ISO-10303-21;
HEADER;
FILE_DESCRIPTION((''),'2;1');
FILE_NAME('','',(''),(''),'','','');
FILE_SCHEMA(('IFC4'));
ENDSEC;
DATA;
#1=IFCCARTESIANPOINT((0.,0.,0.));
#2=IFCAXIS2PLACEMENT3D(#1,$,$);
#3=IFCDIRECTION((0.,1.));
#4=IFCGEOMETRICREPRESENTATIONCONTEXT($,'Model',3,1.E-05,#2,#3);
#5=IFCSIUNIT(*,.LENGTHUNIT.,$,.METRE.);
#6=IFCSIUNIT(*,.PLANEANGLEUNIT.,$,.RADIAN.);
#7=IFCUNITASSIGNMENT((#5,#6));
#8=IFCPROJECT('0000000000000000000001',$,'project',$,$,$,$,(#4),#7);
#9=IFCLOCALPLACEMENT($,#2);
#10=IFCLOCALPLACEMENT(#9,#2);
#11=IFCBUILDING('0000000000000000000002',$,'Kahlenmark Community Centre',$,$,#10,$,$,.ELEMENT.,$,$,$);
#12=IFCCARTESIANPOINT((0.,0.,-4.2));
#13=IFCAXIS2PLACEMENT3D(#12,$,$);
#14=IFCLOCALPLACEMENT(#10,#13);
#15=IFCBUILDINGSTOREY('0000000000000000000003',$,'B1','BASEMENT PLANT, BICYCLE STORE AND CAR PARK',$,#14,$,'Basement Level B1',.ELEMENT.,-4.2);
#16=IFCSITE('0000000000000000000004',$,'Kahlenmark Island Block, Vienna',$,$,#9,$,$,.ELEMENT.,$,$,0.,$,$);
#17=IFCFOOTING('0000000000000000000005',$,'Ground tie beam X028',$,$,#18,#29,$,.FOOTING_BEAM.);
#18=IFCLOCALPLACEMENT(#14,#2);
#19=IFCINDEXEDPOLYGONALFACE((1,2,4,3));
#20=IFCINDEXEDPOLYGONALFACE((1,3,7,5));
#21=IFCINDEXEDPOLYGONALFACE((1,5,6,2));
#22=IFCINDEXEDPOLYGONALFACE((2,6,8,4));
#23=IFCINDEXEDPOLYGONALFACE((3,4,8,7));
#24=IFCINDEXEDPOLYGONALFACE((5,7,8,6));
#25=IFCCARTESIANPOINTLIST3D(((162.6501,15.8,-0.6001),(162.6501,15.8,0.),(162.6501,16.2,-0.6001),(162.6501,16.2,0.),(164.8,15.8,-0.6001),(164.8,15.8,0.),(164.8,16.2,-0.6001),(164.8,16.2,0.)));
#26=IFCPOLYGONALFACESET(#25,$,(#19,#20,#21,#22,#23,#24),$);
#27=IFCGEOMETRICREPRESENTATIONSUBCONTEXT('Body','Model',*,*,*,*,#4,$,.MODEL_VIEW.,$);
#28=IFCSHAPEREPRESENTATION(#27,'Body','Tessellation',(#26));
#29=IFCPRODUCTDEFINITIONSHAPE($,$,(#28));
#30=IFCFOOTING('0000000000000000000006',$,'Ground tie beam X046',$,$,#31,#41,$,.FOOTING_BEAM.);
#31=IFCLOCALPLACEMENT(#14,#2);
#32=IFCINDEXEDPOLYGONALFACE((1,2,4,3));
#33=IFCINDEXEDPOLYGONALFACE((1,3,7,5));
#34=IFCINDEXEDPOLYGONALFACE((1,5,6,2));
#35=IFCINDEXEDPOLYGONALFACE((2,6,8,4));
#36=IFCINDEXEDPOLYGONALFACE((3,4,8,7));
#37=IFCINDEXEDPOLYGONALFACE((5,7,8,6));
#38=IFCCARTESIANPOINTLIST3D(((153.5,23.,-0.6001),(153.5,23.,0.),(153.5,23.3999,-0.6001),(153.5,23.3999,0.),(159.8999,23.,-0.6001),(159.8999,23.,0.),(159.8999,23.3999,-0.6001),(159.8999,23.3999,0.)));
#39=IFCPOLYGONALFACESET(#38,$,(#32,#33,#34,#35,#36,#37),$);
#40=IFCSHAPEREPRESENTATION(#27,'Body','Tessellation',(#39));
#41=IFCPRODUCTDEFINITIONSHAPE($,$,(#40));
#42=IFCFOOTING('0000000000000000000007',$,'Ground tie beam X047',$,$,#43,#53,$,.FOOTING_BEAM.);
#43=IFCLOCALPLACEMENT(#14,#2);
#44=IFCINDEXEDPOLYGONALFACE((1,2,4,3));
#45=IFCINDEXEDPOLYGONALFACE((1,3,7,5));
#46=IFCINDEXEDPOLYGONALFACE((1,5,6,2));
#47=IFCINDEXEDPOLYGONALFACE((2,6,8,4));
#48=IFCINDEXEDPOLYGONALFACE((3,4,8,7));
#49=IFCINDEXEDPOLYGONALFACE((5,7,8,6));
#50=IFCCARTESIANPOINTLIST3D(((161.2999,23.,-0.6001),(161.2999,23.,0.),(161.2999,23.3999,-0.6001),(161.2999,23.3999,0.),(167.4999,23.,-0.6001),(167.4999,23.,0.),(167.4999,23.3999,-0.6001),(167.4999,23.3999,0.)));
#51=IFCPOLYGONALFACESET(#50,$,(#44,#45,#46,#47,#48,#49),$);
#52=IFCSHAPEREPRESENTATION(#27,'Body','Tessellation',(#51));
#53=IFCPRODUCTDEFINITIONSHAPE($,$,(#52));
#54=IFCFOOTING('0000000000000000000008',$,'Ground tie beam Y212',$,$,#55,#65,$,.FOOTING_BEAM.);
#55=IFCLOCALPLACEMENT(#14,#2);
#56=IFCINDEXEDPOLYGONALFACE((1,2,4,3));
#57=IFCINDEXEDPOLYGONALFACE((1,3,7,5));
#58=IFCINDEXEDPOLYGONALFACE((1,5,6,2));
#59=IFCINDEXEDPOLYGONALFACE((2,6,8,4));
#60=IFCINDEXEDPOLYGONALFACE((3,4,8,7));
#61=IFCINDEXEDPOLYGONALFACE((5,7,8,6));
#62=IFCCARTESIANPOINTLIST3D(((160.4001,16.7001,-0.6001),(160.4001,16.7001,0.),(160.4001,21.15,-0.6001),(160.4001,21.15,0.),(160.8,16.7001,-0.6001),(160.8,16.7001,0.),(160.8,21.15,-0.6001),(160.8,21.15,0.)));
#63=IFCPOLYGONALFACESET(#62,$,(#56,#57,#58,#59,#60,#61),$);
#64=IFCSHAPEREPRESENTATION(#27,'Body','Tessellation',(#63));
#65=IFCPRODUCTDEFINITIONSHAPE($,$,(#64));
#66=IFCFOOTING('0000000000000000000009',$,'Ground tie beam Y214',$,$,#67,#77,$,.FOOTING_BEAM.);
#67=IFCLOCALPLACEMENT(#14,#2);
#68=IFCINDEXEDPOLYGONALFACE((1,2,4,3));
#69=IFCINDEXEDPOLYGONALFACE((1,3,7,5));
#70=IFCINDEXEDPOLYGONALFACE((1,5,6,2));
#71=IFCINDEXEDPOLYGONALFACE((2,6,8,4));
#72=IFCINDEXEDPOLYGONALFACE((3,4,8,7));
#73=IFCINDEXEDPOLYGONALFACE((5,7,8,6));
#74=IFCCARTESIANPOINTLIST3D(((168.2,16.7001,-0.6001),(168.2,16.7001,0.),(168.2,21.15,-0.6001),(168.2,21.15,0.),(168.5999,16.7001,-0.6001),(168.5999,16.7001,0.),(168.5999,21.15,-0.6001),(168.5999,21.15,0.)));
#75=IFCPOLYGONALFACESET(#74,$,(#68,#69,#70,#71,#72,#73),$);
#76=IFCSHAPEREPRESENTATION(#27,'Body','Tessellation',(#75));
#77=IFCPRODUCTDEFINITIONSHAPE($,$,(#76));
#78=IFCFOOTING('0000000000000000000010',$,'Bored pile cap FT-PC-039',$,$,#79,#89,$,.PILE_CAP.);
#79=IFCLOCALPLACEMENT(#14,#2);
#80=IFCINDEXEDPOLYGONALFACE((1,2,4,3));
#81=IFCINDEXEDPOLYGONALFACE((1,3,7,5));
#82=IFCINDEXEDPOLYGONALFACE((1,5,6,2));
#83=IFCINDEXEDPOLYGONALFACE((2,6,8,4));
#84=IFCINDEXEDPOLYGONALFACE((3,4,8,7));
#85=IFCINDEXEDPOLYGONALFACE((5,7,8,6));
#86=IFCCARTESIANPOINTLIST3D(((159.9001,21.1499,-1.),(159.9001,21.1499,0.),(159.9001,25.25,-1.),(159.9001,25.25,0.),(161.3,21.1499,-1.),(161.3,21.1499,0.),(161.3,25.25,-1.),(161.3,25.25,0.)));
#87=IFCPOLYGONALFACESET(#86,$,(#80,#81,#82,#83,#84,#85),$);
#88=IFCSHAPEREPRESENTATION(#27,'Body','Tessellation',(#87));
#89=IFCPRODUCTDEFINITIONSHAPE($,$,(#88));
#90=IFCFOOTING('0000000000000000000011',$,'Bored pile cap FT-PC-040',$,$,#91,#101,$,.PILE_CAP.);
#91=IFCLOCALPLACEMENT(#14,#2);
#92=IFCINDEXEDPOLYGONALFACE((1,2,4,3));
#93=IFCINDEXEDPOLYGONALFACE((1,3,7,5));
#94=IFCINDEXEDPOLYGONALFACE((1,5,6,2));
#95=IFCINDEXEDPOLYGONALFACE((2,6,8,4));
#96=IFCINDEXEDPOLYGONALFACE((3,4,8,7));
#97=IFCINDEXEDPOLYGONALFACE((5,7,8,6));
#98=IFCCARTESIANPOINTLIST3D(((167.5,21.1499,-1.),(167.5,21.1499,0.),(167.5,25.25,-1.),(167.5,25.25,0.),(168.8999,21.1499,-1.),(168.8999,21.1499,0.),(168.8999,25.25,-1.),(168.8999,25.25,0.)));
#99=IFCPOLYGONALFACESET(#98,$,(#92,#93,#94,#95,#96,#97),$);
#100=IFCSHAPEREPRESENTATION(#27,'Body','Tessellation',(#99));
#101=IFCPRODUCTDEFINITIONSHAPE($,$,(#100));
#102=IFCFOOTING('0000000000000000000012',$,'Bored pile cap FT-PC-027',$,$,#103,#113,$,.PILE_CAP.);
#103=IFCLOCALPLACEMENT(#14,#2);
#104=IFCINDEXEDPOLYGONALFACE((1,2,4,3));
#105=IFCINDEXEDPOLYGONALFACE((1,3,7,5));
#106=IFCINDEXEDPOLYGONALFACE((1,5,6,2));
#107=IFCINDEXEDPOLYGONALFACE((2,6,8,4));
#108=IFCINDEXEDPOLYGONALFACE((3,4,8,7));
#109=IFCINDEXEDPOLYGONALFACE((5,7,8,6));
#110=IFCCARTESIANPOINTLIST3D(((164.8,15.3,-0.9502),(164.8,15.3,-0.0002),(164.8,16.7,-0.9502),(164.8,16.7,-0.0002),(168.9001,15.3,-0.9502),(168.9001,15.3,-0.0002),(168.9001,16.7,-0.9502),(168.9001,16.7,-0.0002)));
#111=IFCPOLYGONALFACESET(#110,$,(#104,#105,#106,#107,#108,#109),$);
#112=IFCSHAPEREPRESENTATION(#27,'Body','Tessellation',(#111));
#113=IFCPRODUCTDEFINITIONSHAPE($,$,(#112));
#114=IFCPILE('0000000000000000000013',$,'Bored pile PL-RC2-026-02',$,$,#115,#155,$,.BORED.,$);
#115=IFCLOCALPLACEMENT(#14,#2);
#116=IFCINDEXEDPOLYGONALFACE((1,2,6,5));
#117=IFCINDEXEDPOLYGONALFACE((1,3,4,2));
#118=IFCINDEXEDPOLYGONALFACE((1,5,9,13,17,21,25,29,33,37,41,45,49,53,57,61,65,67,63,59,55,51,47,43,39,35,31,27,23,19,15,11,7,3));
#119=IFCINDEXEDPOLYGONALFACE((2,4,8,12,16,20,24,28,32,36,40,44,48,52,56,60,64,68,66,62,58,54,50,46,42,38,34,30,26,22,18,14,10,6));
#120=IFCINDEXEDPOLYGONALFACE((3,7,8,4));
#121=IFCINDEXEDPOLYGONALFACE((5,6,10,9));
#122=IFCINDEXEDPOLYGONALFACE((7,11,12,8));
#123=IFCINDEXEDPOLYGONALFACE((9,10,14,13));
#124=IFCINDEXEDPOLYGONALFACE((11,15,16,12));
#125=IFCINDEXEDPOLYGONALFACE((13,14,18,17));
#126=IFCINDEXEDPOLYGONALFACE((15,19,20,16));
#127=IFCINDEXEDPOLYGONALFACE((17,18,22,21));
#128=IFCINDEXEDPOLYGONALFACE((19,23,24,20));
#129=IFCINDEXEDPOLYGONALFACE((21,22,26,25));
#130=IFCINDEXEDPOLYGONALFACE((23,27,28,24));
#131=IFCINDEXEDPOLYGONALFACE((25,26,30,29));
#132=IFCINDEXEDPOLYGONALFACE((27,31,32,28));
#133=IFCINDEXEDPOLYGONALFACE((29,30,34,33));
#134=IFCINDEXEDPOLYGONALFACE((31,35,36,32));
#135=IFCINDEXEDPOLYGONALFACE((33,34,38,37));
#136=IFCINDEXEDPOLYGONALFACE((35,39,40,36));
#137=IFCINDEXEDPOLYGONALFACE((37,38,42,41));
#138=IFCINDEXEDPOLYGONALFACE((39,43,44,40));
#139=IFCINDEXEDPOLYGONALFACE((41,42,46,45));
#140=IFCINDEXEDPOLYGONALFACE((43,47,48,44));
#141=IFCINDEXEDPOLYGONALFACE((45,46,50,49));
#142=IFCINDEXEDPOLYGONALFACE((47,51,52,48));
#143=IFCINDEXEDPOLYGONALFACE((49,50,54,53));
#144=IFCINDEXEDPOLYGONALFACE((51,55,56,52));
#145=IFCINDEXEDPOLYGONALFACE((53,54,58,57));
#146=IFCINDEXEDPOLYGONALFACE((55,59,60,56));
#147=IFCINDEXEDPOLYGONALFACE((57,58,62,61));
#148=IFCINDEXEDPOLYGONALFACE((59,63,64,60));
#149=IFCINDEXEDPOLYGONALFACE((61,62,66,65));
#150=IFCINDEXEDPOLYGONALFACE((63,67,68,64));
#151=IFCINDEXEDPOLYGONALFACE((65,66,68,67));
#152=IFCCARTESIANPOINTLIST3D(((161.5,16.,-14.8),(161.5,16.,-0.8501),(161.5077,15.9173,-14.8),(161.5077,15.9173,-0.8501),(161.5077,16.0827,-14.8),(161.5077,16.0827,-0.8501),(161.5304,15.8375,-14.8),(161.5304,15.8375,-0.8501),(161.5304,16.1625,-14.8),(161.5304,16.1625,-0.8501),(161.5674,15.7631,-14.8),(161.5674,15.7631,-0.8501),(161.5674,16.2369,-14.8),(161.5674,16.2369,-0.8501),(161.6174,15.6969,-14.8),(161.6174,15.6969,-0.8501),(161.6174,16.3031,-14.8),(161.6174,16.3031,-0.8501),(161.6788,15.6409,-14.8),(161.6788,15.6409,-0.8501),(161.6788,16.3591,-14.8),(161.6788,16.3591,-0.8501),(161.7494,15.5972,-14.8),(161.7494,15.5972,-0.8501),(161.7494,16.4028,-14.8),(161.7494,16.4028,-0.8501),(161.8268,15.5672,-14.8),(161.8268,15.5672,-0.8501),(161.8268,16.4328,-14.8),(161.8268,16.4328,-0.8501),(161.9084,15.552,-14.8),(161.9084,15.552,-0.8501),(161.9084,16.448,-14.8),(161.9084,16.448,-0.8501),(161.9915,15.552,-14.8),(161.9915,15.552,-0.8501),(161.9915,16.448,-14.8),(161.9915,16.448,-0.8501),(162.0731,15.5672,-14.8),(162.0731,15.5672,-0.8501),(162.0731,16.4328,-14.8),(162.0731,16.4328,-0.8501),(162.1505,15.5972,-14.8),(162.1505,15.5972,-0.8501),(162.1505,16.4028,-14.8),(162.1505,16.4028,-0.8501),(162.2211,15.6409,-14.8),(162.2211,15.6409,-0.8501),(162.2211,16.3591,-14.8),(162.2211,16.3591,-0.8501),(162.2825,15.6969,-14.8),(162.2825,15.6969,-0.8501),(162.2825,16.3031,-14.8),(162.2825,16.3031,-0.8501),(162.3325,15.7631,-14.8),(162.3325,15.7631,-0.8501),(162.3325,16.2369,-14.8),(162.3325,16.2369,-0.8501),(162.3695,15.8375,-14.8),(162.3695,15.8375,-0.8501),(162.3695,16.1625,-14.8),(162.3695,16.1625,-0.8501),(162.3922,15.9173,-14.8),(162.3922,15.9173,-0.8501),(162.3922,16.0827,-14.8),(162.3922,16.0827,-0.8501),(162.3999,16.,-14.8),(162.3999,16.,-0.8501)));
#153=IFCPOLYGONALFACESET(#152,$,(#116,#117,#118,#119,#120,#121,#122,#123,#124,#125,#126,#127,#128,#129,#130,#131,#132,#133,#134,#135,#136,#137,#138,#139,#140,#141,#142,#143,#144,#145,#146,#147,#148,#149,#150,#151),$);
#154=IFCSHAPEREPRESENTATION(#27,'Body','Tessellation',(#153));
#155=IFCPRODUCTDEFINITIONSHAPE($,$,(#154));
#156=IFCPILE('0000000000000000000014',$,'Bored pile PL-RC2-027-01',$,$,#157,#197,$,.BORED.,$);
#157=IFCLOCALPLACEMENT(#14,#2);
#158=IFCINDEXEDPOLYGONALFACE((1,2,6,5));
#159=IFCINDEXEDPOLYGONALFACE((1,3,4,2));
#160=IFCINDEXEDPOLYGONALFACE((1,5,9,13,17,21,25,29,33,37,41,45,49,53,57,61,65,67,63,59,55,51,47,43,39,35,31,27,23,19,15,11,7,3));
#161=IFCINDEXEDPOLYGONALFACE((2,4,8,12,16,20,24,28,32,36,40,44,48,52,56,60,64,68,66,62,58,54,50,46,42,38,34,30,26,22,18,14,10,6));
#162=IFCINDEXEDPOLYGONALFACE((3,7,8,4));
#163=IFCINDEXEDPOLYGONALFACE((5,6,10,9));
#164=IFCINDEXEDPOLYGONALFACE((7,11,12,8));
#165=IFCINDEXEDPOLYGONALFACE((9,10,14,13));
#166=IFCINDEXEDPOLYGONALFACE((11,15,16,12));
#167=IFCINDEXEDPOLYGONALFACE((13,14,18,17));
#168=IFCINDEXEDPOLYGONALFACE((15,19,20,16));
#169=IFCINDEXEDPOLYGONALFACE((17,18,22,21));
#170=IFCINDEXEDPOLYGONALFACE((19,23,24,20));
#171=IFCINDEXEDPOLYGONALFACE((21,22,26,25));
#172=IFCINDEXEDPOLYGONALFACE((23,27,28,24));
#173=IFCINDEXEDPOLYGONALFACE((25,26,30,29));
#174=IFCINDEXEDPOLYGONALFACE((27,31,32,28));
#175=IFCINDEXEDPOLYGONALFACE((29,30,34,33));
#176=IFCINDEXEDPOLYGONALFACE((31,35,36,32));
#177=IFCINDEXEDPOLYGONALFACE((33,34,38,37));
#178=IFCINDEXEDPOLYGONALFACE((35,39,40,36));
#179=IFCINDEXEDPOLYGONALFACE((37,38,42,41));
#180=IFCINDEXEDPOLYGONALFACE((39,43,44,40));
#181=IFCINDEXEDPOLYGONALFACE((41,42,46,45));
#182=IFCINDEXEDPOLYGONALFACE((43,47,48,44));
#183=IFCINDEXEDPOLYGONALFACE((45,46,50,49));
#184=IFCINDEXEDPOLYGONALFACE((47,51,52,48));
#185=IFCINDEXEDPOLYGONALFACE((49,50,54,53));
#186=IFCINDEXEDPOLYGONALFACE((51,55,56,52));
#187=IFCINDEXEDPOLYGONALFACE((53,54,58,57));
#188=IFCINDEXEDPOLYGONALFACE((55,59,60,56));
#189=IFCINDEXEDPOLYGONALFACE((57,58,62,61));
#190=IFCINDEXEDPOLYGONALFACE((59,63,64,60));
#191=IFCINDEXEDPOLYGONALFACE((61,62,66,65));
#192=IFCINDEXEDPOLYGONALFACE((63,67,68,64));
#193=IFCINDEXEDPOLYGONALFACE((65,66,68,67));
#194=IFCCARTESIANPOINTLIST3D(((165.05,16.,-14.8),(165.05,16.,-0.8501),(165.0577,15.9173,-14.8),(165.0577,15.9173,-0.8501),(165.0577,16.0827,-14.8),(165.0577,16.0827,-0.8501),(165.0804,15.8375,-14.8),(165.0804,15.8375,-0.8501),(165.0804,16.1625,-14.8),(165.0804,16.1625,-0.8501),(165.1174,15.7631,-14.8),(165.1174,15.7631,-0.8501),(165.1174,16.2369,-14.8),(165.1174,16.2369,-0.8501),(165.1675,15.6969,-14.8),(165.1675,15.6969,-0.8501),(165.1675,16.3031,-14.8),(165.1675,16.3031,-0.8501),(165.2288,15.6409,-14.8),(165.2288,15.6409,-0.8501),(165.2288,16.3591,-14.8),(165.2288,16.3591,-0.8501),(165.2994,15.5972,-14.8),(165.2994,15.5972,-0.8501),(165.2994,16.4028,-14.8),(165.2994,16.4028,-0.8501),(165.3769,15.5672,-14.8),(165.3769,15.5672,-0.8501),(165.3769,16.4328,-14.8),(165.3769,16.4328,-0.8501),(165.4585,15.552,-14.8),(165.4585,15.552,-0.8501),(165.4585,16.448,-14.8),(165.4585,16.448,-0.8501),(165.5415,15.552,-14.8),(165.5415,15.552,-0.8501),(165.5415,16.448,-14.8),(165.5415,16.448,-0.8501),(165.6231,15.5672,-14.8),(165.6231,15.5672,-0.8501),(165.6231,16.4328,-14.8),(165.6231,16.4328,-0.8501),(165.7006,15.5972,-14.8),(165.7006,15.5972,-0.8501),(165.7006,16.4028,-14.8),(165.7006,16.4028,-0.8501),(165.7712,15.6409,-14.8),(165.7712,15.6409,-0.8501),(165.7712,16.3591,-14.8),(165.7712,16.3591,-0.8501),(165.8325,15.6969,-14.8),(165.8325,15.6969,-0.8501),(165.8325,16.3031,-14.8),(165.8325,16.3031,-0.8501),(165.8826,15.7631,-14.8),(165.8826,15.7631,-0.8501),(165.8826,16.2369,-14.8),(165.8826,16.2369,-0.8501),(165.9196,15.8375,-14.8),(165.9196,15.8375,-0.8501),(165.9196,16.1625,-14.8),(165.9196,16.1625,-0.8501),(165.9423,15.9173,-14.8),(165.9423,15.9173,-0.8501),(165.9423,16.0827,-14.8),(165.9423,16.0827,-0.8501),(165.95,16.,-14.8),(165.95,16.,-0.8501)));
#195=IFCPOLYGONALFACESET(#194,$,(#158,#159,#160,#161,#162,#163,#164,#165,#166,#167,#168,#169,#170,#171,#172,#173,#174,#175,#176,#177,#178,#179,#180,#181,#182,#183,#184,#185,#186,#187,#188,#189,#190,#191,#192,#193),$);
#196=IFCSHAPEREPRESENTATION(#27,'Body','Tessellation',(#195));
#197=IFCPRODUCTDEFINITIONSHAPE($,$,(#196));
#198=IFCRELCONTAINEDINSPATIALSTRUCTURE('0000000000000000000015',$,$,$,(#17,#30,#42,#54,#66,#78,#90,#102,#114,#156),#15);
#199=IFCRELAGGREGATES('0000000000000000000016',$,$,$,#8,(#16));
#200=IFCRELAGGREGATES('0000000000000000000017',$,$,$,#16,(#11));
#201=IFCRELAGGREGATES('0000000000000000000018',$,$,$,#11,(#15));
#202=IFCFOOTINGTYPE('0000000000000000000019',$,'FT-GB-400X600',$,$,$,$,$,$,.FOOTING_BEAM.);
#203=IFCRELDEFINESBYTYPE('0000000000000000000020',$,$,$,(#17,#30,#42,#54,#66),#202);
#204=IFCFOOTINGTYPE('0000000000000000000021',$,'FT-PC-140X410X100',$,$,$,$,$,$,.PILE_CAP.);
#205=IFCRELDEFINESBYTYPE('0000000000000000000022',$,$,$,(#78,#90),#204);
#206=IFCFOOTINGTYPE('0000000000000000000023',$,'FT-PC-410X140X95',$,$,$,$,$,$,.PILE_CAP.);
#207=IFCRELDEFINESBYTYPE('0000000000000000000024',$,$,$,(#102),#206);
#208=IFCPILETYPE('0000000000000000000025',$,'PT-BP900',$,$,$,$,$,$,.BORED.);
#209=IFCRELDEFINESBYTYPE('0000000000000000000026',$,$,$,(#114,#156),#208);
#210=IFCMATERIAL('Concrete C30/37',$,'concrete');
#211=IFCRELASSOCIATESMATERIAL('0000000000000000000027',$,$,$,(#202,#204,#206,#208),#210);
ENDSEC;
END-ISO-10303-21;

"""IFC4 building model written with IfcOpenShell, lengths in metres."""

from ifc_helpers import new_model, si_unit, direction, frame, origin, origin_2d, place, context, subcontext, project, spatial, rectangle, circle, extrude, material, material_profile, profile_set, type_object, element, save


model = new_model("IFC4")

# Units and contexts
model_context = context("Model", 3, precision=1e-05, world=origin(), true_north=direction((0.0, 1.0)))
body_context = subcontext(model_context, "Body", "Model", "MODEL_VIEW")
ifc_project = project(units=[si_unit("LENGTHUNIT", "METRE"), si_unit("PLANEANGLEUNIT", "RADIAN")], contexts=[model_context])

# Site, building, storey
site_placement = place(None, origin())
site = spatial("IfcSite", under=ifc_project, at=site_placement, Name="Kahlenmark Island Block, Vienna", CompositionType="ELEMENT", RefElevation=0.0)
building_placement = place(site_placement, origin())
building = spatial("IfcBuilding", under=site, at=building_placement, Name="Kahlenmark Community Centre", CompositionType="ELEMENT")
storey_placement = place(building_placement, frame((0.0, 0.0, -4.2)))
storey = spatial("IfcBuildingStorey", under=building, at=storey_placement, Name="B1", Description="BASEMENT PLANT, BICYCLE STORE AND CAR PARK", LongName="Basement Level B1", CompositionType="ELEMENT", Elevation=-4.2)

# Footings
ifc_material_1 = material(Name="Concrete C30/37", Category="concrete")
footing_type_1 = type_object("IfcFootingType", Name="FT-GB-400X600", PredefinedType="FOOTING_BEAM", material=ifc_material_1)
footing_1_placement = place(storey_placement, frame((163.7251, 16.0, -0.6001), z_axis=(0.0, 0.0, 1.0), x_axis=(1.0, 0.0, 0.0)))
element("IfcFooting", 1, at=footing_1_placement, inside=storey, type_object=footing_type_1, Name="Ground tie beam X028", PredefinedType="FOOTING_BEAM", context=body_context, shape_type="SweptSolid", body=[
    extrude(rectangle(XDim=2.1499, YDim=0.3999, at=origin_2d()), origin(), (0.0, 0.0, 1.0), 0.6001),
])
footing_2_placement = place(storey_placement, frame((156.7, 23.2, -0.6001), z_axis=(0.0, 0.0, 1.0), x_axis=(1.0, 0.0, 0.0)))
element("IfcFooting", 2, at=footing_2_placement, inside=storey, type_object=footing_type_1, Name="Ground tie beam X046", PredefinedType="FOOTING_BEAM", context=body_context, shape_type="SweptSolid", body=[
    extrude(rectangle(XDim=6.3999, YDim=0.3999, at=origin_2d()), origin(), (0.0, 0.0, 1.0), 0.6001),
])
footing_3_placement = place(storey_placement, frame((164.3999, 23.2, -0.6001), z_axis=(0.0, 0.0, 1.0), x_axis=(1.0, 0.0, 0.0)))
element("IfcFooting", 3, at=footing_3_placement, inside=storey, type_object=footing_type_1, Name="Ground tie beam X047", PredefinedType="FOOTING_BEAM", context=body_context, shape_type="SweptSolid", body=[
    extrude(rectangle(XDim=6.2, YDim=0.3999, at=origin_2d()), origin(), (0.0, 0.0, 1.0), 0.6001),
])
for number, where, z_axis, x_axis, name in (
    (4, (160.6001, 18.925, -0.6001), (0.0, 0.0, 1.0), (1.0, 0.0, 0.0), "Ground tie beam Y212"),
    (5, (168.3999, 18.925, -0.6001), (0.0, 0.0, 1.0), (1.0, 0.0, 0.0), "Ground tie beam Y214"),
):
    element("IfcFooting", number, at=place(storey_placement, frame(where, z_axis=z_axis, x_axis=x_axis)), inside=storey, type_object=footing_type_1, Name=name, PredefinedType="FOOTING_BEAM", context=body_context, shape_type="SweptSolid", body=[
        extrude(rectangle(XDim=0.3999, YDim=4.45, at=origin_2d()), origin(), (0.0, 0.0, 1.0), 0.6001),
    ])
footing_type_2 = type_object("IfcFootingType", Name="FT-PC-140X410X100", PredefinedType="PILE_CAP", material=ifc_material_1)
for number, where, z_axis, x_axis, name in (
    (6, (160.6001, 23.2, -1.0), (0.0, 0.0, 1.0), (1.0, 0.0, 0.0), "Bored pile cap FT-PC-039"),
    (7, (168.2, 23.2, -1.0), (0.0, 0.0, 1.0), (1.0, 0.0, 0.0), "Bored pile cap FT-PC-040"),
):
    element("IfcFooting", number, at=place(storey_placement, frame(where, z_axis=z_axis, x_axis=x_axis)), inside=storey, type_object=footing_type_2, Name=name, PredefinedType="PILE_CAP", context=body_context, shape_type="SweptSolid", body=[
        extrude(rectangle(XDim=1.3999, YDim=4.1001, at=origin_2d()), origin(), (0.0, 0.0, 1.0), 1.0),
    ])
footing_type_3 = type_object("IfcFootingType", Name="FT-PC-410X140X95", PredefinedType="PILE_CAP", material=ifc_material_1)
footing_4_placement = place(storey_placement, frame((166.8501, 16.0, -0.9502), z_axis=(0.0, 0.0, 1.0), x_axis=(1.0, 0.0, 0.0)))
element("IfcFooting", 8, at=footing_4_placement, inside=storey, type_object=footing_type_3, Name="Bored pile cap FT-PC-027", PredefinedType="PILE_CAP", context=body_context, shape_type="SweptSolid", body=[
    extrude(rectangle(XDim=4.1001, YDim=1.3999, at=origin_2d()), origin(), (0.0, 0.0, 1.0), 0.95),
])

# Piles
ifc_material_profile_1 = material_profile(ifc_material_1, circle(Radius=0.45, at=origin_2d()), Name="BORED PILE 900")
ifc_profile_set_1 = profile_set([ifc_material_profile_1], Name="Concrete C30/37")
pile_type = type_object("IfcPileType", Name="PT-BP900", PredefinedType="BORED", material=ifc_profile_set_1)
for number, where, z_axis, x_axis, name in (
    (9, (161.95, 16.0, -0.8501), (0.0, 0.0, -1.0), (1.0, 0.0, 0.0), "Bored pile PL-RC2-026-02"),
    (10, (165.5, 16.0, -0.8501), (0.0, 0.0, -1.0), (1.0, 0.0, 0.0), "Bored pile PL-RC2-027-01"),
):
    element("IfcPile", number, at=place(storey_placement, frame(where, z_axis=z_axis, x_axis=x_axis)), inside=storey, type_object=pile_type, Name=name, PredefinedType="BORED", context=body_context, shape_type="SweptSolid", body=[
        extrude(circle(Radius=0.45, at=origin_2d()), origin(), (0.0, 0.0, 1.0), 13.95),
    ])

save(model, "model.ifc")
